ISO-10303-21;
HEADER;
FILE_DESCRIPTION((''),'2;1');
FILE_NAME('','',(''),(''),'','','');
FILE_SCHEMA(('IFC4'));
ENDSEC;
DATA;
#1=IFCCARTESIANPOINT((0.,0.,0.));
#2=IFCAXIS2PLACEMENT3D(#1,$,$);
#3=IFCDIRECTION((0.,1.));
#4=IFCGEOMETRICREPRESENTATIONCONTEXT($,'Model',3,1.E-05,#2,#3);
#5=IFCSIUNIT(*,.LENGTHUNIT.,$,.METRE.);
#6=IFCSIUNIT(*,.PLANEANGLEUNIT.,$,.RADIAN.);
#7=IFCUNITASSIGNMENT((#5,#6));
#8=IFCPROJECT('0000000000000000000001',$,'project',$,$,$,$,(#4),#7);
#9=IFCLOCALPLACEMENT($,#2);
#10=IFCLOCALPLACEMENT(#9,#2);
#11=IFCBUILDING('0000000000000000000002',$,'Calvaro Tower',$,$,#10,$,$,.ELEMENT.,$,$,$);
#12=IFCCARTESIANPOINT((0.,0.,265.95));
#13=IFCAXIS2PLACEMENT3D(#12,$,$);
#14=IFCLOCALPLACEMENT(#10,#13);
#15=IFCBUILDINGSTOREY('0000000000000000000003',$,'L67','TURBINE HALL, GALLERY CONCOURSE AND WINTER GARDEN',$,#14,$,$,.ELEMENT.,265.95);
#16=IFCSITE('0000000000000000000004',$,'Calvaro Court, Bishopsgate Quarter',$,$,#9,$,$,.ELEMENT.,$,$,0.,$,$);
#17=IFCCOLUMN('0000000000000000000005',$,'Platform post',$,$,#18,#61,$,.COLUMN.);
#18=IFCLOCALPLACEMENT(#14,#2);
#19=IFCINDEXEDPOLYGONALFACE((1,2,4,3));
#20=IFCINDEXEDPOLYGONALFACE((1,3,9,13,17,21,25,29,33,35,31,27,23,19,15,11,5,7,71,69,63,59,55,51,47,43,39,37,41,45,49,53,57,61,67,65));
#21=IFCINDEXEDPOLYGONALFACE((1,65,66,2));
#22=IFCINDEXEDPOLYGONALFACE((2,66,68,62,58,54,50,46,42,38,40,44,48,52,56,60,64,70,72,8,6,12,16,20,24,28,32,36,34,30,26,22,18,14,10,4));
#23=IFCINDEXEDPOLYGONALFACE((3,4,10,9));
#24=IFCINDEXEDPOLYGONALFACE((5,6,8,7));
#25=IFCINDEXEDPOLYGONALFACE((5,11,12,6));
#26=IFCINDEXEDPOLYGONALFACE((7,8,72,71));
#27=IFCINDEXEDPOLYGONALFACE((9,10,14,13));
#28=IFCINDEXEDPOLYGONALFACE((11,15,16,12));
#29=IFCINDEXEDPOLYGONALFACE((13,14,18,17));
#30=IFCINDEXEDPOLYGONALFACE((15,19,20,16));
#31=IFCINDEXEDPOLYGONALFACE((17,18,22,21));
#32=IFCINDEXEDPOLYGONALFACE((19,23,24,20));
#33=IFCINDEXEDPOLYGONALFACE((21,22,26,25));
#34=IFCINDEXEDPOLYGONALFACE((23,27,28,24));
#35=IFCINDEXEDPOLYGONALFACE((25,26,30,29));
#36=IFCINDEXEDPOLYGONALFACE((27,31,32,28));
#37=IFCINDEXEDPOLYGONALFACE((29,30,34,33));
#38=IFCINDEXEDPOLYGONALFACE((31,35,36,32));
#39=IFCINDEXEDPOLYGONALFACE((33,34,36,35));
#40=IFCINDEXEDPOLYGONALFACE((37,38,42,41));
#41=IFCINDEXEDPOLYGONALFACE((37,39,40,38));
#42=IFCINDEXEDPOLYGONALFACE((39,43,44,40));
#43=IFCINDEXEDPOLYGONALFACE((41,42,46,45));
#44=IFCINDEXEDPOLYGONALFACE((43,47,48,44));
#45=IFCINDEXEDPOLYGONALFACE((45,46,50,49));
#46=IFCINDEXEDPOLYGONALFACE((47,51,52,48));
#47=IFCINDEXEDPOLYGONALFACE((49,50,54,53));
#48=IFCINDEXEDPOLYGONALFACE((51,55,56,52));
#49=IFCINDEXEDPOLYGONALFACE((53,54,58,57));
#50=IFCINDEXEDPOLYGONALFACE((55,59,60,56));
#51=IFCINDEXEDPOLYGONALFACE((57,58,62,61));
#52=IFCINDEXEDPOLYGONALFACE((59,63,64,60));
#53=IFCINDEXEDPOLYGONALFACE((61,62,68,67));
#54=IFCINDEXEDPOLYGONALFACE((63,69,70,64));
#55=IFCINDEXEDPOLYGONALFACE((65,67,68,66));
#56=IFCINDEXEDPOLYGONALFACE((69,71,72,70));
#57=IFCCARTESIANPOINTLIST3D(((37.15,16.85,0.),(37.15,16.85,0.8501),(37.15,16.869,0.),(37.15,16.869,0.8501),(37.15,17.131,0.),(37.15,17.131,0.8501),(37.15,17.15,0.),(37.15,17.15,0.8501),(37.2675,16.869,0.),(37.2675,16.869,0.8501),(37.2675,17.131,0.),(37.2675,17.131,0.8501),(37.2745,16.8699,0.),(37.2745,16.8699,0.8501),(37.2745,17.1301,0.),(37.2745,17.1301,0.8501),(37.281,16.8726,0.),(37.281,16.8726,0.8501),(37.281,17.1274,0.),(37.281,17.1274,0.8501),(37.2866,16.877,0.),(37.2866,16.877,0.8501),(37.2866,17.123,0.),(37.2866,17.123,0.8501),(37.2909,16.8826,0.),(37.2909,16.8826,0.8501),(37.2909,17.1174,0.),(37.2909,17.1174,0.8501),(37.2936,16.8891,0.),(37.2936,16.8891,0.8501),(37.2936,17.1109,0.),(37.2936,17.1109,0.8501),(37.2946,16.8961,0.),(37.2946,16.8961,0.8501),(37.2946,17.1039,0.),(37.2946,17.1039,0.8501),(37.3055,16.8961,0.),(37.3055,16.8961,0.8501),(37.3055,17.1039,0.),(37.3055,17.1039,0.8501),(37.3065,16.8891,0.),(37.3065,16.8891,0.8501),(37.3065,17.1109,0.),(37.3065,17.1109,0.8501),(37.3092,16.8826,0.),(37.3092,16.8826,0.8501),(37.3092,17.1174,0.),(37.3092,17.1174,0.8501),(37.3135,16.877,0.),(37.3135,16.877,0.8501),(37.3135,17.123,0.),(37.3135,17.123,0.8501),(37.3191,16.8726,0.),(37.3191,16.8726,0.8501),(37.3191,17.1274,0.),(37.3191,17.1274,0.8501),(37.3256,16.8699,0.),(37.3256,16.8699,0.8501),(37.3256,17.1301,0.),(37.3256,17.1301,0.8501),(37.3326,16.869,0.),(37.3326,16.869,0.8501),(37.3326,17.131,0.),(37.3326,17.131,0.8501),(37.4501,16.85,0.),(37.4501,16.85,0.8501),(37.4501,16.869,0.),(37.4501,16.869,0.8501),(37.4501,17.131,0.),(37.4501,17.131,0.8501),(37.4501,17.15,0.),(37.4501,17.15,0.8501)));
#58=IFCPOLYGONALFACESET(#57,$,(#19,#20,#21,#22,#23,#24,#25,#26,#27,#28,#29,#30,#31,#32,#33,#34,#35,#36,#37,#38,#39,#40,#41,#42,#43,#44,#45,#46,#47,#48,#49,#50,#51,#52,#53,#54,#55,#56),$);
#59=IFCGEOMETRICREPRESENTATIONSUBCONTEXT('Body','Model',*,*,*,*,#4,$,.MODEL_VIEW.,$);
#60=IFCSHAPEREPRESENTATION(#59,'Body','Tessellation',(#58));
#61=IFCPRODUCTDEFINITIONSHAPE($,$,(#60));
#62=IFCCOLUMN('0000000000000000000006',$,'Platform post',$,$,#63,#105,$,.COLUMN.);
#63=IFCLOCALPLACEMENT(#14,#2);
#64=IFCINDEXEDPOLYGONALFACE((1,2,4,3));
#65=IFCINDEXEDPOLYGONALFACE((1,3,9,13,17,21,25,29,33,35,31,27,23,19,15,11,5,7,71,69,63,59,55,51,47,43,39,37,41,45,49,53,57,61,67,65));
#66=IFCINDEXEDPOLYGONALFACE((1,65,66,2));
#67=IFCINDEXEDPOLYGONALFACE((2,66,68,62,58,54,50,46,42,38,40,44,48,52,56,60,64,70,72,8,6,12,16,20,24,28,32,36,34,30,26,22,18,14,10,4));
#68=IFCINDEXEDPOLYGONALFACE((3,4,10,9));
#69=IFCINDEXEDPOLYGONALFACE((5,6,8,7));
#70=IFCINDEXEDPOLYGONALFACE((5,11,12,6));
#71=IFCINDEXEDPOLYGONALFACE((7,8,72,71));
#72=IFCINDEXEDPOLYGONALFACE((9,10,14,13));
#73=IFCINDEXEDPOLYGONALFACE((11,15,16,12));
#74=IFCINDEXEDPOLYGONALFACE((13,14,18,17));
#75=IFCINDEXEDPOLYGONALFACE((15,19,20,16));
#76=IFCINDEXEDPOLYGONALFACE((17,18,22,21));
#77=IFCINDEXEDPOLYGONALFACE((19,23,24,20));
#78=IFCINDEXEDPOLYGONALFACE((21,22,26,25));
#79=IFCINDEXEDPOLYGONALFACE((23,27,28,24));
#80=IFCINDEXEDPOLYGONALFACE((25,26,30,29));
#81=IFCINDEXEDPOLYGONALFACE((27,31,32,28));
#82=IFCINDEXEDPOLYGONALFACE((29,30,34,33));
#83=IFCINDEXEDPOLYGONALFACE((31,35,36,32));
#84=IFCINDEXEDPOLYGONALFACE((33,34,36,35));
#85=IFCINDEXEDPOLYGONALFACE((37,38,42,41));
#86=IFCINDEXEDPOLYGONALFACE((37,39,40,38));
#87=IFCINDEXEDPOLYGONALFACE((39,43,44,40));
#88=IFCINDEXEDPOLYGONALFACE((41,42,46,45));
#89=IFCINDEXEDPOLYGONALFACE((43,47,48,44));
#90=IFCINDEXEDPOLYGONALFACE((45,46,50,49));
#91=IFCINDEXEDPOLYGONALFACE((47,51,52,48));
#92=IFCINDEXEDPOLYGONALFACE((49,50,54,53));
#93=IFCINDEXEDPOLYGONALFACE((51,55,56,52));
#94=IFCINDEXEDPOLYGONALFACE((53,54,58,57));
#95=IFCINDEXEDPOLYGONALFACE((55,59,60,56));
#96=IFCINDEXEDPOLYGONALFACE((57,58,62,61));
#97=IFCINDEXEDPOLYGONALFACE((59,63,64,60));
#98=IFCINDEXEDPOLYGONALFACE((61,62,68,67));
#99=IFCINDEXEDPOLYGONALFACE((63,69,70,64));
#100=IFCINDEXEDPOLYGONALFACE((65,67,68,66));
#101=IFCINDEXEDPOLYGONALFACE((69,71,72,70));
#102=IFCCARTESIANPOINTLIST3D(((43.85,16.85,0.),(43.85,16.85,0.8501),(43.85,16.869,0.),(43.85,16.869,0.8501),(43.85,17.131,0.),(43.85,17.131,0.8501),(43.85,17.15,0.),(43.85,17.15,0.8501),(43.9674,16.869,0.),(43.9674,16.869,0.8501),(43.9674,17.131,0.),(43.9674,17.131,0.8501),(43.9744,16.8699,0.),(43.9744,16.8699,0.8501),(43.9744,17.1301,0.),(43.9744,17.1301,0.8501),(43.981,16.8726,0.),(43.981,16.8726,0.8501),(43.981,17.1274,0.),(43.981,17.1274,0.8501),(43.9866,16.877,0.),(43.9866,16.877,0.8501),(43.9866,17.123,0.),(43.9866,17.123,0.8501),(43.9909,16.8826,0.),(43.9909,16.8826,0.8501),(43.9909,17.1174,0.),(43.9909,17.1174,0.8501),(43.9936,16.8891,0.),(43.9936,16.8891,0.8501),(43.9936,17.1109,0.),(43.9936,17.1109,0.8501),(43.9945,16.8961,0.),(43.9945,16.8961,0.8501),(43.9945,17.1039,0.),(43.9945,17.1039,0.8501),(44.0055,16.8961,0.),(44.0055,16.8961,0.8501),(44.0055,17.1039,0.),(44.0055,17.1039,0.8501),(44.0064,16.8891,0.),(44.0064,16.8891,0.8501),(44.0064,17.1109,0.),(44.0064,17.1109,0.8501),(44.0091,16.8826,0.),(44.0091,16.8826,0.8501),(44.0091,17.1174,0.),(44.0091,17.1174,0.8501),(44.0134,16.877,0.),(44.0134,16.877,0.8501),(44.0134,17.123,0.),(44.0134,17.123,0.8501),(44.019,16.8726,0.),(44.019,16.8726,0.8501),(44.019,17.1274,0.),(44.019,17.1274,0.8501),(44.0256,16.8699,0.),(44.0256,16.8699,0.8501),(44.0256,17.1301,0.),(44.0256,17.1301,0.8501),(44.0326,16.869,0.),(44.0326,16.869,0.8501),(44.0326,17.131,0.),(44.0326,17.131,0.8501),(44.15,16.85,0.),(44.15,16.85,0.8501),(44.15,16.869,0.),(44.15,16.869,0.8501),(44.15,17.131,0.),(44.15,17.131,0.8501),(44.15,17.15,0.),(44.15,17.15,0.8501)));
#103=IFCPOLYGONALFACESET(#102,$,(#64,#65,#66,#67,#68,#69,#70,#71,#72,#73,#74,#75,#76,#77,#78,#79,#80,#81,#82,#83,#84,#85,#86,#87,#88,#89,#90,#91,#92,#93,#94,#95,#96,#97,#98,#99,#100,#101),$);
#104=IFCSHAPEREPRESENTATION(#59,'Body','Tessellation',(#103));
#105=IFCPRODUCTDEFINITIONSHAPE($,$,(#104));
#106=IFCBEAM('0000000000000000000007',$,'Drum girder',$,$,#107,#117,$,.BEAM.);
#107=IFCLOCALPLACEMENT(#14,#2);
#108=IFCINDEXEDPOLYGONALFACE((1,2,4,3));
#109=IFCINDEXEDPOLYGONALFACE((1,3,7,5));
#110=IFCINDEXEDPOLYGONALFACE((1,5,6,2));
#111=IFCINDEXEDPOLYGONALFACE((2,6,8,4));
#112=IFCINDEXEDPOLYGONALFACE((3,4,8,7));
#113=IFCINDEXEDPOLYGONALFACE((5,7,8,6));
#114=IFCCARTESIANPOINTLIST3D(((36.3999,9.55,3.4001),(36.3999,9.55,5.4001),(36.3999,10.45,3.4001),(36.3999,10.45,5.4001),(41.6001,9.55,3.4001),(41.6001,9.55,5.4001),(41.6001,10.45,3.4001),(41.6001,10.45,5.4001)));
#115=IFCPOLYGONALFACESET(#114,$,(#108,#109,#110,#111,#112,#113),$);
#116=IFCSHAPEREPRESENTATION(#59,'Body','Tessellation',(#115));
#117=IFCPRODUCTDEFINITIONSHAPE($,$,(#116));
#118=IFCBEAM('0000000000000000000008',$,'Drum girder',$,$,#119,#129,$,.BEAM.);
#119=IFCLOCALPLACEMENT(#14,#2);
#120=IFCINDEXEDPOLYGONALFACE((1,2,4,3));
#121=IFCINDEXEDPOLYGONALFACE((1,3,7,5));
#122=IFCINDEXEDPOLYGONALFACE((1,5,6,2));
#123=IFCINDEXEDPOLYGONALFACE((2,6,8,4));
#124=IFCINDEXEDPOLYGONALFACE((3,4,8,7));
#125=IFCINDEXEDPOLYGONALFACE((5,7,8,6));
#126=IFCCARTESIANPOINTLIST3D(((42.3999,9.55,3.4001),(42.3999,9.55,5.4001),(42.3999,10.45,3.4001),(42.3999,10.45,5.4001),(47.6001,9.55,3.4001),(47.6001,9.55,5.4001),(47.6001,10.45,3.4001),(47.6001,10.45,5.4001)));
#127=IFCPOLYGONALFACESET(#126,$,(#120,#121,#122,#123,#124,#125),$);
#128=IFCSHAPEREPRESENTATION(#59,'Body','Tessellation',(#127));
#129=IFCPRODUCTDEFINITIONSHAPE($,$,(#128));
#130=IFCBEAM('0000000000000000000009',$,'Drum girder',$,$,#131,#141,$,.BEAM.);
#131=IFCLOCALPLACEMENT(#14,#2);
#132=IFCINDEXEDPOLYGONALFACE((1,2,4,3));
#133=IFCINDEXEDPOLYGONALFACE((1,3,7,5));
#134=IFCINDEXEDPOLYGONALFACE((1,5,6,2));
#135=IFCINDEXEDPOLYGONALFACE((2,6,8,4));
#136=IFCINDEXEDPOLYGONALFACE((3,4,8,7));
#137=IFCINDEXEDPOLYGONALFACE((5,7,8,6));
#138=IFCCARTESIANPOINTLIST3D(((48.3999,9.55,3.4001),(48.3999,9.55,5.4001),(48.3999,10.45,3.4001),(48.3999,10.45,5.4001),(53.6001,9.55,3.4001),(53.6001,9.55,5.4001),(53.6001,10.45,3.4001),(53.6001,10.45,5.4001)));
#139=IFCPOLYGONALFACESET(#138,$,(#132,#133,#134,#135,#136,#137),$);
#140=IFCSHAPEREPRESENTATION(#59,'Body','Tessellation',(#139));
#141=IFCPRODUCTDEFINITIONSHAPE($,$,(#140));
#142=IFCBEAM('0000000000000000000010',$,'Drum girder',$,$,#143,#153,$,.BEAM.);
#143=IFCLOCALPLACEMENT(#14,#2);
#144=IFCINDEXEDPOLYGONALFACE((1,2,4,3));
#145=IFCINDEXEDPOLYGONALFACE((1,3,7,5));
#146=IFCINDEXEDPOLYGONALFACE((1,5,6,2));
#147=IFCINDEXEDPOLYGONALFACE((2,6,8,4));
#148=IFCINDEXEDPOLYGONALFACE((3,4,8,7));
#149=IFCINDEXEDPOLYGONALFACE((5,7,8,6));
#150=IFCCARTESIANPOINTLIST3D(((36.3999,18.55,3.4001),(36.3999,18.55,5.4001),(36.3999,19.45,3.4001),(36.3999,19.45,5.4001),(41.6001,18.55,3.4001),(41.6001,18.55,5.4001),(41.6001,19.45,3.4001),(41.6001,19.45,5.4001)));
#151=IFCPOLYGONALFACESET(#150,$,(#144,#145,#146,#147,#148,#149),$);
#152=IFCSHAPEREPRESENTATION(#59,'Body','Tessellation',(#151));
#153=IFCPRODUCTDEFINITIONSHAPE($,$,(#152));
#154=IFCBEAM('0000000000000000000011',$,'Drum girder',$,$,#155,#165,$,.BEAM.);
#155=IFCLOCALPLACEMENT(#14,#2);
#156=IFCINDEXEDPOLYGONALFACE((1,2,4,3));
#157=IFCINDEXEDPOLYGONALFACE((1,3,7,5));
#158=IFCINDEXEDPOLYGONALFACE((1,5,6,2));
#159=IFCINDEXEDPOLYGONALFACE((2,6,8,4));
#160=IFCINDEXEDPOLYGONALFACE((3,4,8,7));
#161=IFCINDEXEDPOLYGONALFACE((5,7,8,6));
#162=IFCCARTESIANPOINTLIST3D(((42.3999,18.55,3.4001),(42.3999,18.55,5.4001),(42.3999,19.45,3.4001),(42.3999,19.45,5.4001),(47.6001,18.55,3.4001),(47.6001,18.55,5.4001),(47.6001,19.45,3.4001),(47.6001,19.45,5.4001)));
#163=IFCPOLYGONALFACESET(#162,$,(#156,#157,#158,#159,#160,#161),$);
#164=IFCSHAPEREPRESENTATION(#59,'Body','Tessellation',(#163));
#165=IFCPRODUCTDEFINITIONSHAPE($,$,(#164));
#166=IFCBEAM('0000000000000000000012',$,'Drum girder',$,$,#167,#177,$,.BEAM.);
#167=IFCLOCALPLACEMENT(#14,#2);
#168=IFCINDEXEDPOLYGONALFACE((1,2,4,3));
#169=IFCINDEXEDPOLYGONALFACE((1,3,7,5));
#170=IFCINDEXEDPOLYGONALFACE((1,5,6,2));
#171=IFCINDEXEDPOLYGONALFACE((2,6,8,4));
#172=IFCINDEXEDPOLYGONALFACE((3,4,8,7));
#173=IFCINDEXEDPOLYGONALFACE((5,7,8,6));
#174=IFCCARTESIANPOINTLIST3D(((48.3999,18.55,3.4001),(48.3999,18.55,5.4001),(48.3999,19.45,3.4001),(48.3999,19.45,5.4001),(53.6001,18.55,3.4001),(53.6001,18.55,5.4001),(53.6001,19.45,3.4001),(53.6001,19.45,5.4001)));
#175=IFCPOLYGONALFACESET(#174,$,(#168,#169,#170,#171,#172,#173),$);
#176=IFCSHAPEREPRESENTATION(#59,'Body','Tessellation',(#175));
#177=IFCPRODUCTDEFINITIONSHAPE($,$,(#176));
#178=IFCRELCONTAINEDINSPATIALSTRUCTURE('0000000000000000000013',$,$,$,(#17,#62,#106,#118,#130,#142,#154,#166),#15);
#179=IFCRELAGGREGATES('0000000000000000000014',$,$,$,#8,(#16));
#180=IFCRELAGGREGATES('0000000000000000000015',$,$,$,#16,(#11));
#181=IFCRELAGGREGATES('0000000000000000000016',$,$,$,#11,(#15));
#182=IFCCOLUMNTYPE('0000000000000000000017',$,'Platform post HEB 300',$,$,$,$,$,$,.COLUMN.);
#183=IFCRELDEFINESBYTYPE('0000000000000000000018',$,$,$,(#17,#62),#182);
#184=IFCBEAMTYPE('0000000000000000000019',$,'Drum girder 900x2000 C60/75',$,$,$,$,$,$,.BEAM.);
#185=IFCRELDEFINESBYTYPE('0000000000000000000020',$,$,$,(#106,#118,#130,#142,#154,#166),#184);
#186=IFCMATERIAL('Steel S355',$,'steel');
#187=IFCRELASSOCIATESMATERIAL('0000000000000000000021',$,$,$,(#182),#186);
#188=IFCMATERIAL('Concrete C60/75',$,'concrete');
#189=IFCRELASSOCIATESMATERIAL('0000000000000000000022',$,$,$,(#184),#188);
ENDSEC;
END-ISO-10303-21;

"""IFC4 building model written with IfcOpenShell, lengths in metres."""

from ifc_helpers import new_model, si_unit, direction, frame, origin, origin_2d, place, context, subcontext, project, spatial, rectangle, i_section, extrude, material, material_profile, profile_set, type_object, element, save


model = new_model("IFC4")

# Units and contexts
model_context = context("Model", 3, precision=1e-05, world=origin(), true_north=direction((0.0, 1.0)))
body_context = subcontext(model_context, "Body", "Model", "MODEL_VIEW")
ifc_project = project(units=[si_unit("LENGTHUNIT", "METRE"), si_unit("PLANEANGLEUNIT", "RADIAN")], contexts=[model_context])

# Site, building, storey
site_placement = place(None, origin())
site = spatial("IfcSite", under=ifc_project, at=site_placement, Name="Calvaro Court, Bishopsgate Quarter", CompositionType="ELEMENT", RefElevation=0.0)
building_placement = place(site_placement, origin())
building = spatial("IfcBuilding", under=site, at=building_placement, Name="Calvaro Tower", CompositionType="ELEMENT")
storey_placement = place(building_placement, frame((0.0, 0.0, 265.95)))
storey = spatial("IfcBuildingStorey", under=building, at=storey_placement, Name="L67", Description="TURBINE HALL, GALLERY CONCOURSE AND WINTER GARDEN", CompositionType="ELEMENT", Elevation=265.95)

# Columns
ifc_material_1 = material(Name="Steel S355", Category="steel")
ifc_material_profile_1 = material_profile(ifc_material_1, i_section(OverallWidth=0.3, OverallDepth=0.3, WebThickness=0.011, FlangeThickness=0.019, FilletRadius=0.0271, at=origin_2d()), Name="HEB 300")
ifc_profile_set_1 = profile_set([ifc_material_profile_1], Name="Steel S355")
column_type_1 = type_object("IfcColumnType", Name="Platform post HEB 300", PredefinedType="COLUMN", material=ifc_profile_set_1)
for number, where, z_axis, x_axis, name in (
    (1, (37.3, 17.0, 0.0), (0.0, 0.0, 1.0), (1.0, 0.0, 0.0), "Platform post"),
    (2, (44.0, 17.0, 0.0), (0.0, 0.0, 1.0), (1.0, 0.0, 0.0), "Platform post"),
):
    element("IfcColumn", number, at=place(storey_placement, frame(where, z_axis=z_axis, x_axis=x_axis)), inside=storey, type_object=column_type_1, Name=name, PredefinedType="COLUMN", context=body_context, shape_type="SweptSolid", body=[
        extrude(i_section(OverallWidth=0.3, OverallDepth=0.3, WebThickness=0.011, FlangeThickness=0.019, FilletRadius=0.0271, at=origin_2d()), origin(), (0.0, 0.0, 1.0), 0.8501),
    ])

# Beams
ifc_material_2 = material(Name="Concrete C60/75", Category="concrete")
ifc_material_profile_2 = material_profile(ifc_material_2, rectangle(XDim=0.8999, YDim=2.0, at=origin_2d()), Name="RC 900x2000")
ifc_profile_set_2 = profile_set([ifc_material_profile_2], Name="Concrete C60/75")
beam_type_1 = type_object("IfcBeamType", Name="Drum girder 900x2000 C60/75", PredefinedType="BEAM", material=ifc_profile_set_2)
for number, where, z_axis, x_axis, name in (
    (3, (36.3999, 10.0, 4.4001), (1.0, 0.0, 0.0), (0.0, 1.0, 0.0), "Drum girder"),
    (4, (42.3999, 10.0, 4.4001), (1.0, 0.0, 0.0), (0.0, 1.0, 0.0), "Drum girder"),
    (5, (48.3999, 10.0, 4.4001), (1.0, 0.0, 0.0), (0.0, 1.0, 0.0), "Drum girder"),
    (6, (36.3999, 19.0, 4.4001), (1.0, 0.0, 0.0), (0.0, 1.0, 0.0), "Drum girder"),
    (7, (42.3999, 19.0, 4.4001), (1.0, 0.0, 0.0), (0.0, 1.0, 0.0), "Drum girder"),
    (8, (48.3999, 19.0, 4.4001), (1.0, 0.0, 0.0), (0.0, 1.0, 0.0), "Drum girder"),
):
    element("IfcBeam", number, at=place(storey_placement, frame(where, z_axis=z_axis, x_axis=x_axis)), inside=storey, type_object=beam_type_1, Name=name, PredefinedType="BEAM", context=body_context, shape_type="SweptSolid", body=[
        extrude(rectangle(XDim=0.8999, YDim=2.0, at=origin_2d()), origin(), (0.0, 0.0, 1.0), 5.2002),
    ])

save(model, "model.ifc")
